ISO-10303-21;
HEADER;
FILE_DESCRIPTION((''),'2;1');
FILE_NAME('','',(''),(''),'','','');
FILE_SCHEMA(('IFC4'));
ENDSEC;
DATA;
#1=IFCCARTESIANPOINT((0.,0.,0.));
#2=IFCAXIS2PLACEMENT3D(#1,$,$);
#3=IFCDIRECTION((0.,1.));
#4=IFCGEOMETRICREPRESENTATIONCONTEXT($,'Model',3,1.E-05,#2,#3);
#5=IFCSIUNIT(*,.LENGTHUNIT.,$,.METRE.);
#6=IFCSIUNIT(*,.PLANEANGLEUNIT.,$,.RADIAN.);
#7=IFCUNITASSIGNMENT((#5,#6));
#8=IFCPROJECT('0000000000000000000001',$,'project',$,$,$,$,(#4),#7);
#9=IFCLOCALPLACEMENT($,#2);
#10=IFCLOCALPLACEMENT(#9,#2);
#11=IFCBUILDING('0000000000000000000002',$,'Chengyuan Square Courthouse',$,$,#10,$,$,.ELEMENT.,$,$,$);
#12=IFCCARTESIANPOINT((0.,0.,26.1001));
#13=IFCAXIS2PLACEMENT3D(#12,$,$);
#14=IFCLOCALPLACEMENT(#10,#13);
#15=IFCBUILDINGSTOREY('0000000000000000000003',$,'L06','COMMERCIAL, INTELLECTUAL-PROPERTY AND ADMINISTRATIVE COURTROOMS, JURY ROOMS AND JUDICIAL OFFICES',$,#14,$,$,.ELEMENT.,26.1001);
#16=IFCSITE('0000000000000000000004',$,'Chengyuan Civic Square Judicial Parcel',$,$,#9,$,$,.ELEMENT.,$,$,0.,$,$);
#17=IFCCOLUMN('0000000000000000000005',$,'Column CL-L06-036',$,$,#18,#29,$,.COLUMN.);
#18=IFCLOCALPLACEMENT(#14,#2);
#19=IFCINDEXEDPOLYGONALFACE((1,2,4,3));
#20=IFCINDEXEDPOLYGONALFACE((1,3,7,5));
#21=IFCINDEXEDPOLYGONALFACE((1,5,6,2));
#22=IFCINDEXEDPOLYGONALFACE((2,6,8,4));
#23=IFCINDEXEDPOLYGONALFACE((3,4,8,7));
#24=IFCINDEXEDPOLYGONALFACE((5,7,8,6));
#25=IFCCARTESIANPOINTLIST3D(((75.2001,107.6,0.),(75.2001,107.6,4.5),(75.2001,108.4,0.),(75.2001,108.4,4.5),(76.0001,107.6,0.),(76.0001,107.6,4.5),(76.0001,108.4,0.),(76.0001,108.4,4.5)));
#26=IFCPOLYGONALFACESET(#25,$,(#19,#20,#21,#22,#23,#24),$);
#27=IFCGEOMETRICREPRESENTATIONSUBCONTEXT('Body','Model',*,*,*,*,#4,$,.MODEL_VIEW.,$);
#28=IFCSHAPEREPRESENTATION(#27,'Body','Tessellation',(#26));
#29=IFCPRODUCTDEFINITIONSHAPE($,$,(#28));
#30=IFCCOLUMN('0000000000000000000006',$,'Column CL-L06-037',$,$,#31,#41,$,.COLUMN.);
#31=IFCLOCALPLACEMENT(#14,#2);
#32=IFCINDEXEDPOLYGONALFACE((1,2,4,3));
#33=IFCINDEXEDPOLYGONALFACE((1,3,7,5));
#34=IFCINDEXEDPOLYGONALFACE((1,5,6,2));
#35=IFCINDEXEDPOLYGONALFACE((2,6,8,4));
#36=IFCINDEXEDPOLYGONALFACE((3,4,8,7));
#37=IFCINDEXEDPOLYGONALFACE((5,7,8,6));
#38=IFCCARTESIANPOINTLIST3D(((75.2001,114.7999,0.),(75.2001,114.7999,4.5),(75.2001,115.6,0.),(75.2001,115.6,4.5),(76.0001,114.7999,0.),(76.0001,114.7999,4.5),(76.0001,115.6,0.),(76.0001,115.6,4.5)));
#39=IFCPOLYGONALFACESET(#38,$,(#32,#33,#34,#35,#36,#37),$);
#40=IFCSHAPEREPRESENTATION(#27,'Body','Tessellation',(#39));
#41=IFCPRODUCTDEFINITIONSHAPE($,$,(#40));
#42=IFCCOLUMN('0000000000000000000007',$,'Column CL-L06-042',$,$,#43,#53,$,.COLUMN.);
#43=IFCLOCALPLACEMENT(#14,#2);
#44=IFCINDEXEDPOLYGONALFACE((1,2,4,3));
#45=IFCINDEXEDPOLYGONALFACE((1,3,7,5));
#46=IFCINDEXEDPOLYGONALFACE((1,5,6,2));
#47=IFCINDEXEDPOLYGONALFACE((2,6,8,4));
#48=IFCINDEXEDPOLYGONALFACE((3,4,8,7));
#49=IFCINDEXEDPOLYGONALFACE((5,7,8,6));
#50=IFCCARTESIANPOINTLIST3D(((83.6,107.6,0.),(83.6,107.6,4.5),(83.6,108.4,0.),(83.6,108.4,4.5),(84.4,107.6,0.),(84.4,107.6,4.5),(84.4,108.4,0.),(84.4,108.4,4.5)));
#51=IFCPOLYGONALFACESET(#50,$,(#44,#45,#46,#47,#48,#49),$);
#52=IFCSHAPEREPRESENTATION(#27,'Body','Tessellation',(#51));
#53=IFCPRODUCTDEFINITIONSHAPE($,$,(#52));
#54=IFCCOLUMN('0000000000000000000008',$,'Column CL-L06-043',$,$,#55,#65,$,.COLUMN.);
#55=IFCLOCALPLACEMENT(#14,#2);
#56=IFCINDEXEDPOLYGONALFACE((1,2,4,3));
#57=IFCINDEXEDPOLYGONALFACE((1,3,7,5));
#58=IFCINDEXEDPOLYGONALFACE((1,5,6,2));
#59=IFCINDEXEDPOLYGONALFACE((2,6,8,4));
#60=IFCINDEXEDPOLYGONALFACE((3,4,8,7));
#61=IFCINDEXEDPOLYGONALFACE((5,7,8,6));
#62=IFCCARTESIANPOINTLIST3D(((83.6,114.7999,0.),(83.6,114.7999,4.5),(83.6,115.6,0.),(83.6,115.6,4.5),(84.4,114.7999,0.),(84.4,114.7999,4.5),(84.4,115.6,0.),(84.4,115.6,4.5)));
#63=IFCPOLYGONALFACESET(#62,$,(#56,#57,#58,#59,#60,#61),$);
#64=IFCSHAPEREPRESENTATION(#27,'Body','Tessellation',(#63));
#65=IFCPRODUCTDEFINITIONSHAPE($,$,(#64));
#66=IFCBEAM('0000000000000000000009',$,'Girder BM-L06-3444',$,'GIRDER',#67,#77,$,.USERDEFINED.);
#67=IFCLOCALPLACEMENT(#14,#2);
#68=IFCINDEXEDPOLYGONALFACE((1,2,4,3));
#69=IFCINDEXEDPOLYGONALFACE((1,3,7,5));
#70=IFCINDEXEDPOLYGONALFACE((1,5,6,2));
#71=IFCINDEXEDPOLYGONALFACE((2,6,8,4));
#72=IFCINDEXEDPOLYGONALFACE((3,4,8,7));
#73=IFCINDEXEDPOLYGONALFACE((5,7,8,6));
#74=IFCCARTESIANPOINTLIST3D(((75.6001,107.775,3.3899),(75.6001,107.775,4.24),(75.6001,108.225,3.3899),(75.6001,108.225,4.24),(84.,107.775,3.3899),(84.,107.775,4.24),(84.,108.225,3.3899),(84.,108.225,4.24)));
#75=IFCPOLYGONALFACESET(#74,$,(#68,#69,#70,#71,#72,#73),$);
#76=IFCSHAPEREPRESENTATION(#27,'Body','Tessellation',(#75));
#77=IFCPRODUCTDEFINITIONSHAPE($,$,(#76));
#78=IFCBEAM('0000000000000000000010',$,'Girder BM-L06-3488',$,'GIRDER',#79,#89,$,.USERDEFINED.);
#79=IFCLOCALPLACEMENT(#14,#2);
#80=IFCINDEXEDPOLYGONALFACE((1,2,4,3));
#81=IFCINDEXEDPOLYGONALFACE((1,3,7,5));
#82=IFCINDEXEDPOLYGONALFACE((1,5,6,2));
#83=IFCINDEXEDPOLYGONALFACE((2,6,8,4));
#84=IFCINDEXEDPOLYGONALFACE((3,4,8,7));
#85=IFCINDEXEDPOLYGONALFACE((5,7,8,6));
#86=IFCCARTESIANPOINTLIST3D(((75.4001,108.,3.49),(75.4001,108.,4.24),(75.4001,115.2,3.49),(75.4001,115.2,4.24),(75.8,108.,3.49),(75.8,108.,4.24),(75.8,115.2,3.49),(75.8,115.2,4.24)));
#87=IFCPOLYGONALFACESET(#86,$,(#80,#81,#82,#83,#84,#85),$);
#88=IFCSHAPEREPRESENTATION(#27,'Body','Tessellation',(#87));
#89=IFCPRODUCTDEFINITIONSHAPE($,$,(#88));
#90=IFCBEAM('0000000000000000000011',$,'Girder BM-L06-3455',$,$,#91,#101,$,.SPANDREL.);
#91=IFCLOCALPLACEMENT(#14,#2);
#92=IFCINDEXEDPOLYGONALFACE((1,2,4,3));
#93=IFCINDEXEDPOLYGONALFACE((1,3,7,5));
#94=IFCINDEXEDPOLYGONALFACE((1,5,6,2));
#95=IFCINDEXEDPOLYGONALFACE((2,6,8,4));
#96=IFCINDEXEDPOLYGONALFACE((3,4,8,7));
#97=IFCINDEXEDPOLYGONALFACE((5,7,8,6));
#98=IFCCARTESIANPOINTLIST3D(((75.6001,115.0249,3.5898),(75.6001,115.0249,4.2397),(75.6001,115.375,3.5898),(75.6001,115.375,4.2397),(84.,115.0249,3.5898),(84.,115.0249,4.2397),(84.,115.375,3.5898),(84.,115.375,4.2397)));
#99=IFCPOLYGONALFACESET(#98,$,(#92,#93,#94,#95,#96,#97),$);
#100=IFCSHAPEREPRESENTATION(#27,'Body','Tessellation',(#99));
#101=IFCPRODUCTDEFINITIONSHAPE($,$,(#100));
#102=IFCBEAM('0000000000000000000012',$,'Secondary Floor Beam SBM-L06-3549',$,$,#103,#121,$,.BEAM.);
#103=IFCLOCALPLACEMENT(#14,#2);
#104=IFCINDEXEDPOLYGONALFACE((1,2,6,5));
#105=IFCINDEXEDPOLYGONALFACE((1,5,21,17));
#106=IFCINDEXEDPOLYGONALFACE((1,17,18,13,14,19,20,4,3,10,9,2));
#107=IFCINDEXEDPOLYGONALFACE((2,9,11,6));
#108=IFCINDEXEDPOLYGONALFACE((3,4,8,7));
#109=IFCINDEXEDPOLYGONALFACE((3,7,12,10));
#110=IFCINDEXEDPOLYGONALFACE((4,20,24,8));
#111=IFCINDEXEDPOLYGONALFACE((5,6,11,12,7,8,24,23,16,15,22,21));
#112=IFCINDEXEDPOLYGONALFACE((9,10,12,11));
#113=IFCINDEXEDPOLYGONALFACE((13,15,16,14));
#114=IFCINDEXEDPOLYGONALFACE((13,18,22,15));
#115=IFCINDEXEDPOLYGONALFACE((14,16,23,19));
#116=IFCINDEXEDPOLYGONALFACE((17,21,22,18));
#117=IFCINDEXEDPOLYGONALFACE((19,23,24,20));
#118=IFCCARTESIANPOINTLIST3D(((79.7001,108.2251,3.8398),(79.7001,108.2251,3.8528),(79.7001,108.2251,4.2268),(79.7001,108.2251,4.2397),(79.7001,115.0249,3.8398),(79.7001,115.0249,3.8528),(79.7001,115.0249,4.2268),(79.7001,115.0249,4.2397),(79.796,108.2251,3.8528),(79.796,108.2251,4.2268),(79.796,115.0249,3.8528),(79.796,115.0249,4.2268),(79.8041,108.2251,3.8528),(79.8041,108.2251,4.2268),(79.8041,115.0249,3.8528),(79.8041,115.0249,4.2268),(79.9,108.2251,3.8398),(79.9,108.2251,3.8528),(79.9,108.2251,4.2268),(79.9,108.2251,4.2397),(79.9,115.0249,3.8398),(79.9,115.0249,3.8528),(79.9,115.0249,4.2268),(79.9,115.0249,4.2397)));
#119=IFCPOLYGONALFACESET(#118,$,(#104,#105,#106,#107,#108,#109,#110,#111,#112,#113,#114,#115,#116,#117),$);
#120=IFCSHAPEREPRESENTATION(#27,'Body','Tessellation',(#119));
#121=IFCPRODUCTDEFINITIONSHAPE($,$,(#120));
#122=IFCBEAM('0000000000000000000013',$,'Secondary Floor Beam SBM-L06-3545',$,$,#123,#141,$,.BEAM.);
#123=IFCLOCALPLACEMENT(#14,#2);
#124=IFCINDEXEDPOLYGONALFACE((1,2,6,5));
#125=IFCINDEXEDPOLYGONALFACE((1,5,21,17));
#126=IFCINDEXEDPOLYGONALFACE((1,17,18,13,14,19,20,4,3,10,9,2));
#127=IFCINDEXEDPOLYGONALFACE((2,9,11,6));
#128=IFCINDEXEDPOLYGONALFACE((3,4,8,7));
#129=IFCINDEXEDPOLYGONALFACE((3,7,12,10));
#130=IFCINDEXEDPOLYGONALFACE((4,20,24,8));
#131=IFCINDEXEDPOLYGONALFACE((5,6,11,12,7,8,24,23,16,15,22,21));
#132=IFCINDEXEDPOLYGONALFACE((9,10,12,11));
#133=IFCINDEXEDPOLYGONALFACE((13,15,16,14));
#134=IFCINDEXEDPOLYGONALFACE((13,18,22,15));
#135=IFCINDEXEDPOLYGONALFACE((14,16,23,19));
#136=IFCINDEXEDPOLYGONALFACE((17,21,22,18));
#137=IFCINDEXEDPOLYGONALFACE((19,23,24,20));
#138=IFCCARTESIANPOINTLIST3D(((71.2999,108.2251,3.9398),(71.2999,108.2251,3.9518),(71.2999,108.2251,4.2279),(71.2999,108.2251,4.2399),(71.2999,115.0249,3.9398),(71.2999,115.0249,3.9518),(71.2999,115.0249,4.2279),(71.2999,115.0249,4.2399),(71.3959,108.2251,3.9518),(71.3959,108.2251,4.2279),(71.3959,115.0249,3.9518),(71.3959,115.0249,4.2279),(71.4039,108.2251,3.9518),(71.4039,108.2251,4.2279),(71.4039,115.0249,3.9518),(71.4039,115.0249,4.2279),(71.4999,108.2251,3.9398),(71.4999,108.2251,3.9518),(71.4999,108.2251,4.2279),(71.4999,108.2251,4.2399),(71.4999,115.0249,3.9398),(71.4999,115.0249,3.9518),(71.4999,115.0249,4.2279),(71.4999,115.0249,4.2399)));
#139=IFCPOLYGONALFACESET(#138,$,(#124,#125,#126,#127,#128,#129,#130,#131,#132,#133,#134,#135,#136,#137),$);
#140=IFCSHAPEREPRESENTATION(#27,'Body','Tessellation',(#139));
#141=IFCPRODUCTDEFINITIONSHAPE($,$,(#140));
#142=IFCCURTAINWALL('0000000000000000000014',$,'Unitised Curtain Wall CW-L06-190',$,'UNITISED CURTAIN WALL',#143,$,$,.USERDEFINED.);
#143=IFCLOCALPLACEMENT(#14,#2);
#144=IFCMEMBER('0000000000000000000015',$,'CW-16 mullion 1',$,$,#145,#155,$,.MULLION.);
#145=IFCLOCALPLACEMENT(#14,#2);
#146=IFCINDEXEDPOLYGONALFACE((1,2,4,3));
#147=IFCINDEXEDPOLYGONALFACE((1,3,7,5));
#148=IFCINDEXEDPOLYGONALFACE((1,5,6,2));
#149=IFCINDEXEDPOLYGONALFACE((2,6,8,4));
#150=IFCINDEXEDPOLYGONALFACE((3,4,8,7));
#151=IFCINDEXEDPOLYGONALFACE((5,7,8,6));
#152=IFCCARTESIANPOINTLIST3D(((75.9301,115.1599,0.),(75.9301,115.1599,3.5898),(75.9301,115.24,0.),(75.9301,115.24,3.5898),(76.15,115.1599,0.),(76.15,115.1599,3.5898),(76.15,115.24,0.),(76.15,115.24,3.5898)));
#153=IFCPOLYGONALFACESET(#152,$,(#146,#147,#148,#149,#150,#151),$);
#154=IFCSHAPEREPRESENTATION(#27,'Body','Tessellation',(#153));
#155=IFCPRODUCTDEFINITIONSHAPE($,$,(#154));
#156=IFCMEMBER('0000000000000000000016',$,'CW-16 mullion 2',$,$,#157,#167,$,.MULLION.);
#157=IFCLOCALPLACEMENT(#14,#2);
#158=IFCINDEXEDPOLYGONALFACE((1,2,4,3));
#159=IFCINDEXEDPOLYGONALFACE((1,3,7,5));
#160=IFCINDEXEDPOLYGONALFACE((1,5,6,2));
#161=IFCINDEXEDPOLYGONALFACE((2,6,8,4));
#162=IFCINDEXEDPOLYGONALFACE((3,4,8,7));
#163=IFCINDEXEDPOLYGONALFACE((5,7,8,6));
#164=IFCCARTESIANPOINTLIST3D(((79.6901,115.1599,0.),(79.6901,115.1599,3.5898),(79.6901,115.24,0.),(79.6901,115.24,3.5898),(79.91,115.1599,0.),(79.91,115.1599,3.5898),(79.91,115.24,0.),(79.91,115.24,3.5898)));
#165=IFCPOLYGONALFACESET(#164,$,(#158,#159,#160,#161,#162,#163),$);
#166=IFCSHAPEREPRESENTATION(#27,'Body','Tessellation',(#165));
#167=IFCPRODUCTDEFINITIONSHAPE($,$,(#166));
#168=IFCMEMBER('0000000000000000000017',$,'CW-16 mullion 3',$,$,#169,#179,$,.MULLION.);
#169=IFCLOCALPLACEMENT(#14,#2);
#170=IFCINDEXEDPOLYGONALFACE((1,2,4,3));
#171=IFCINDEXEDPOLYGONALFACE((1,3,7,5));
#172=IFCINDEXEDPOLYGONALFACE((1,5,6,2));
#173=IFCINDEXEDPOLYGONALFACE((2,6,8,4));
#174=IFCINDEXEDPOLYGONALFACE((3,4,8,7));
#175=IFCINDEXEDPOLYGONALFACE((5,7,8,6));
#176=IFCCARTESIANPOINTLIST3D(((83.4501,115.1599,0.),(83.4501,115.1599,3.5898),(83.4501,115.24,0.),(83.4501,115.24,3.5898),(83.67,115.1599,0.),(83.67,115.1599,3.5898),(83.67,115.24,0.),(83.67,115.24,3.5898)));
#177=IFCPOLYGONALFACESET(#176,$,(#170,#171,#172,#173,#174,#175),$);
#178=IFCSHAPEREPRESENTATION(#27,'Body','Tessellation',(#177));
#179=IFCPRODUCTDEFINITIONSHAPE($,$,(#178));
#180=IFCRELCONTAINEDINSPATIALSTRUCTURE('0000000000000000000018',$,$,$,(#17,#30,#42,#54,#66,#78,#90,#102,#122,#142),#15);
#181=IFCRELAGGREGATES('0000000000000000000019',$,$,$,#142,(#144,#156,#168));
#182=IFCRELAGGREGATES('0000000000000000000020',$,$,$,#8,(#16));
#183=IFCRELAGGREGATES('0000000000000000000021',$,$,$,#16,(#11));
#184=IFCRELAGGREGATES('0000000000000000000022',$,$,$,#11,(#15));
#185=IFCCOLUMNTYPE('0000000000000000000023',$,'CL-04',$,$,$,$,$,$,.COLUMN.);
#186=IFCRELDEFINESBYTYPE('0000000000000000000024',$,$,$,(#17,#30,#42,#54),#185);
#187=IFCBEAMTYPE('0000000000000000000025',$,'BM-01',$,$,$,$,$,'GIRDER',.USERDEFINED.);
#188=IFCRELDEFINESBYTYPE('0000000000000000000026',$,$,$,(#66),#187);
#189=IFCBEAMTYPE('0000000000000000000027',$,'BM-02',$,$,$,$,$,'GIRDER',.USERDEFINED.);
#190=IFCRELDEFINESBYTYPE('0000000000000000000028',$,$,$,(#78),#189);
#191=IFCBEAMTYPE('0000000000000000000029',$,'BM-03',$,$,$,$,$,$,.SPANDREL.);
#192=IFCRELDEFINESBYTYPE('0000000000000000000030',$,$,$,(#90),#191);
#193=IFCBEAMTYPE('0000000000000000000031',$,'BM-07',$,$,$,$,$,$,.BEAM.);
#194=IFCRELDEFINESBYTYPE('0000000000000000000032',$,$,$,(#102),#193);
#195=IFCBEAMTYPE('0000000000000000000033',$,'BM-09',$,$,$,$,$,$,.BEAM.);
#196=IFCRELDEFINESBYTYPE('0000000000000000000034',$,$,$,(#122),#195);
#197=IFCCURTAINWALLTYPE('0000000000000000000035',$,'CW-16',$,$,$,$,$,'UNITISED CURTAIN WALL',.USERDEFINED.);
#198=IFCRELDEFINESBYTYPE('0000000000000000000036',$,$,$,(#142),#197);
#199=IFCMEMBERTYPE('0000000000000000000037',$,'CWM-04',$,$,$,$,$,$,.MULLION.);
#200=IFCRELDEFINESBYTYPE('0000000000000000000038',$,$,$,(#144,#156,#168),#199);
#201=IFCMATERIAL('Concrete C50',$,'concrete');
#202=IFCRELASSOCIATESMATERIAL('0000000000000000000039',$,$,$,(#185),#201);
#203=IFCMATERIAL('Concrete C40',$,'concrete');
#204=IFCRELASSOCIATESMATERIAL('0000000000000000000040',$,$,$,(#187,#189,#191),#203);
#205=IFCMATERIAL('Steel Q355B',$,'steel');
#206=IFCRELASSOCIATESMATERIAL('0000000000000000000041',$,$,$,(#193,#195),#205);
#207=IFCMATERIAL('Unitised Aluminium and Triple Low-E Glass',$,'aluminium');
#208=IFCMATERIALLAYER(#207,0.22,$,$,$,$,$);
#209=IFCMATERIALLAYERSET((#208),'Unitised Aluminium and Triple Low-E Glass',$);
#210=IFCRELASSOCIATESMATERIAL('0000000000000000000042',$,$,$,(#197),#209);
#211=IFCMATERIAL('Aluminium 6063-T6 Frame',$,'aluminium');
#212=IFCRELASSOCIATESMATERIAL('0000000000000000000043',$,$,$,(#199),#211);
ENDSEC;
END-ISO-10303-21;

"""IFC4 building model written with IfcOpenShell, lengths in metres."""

from ifc_helpers import new_model, si_unit, direction, frame, origin, origin_2d, place, context, subcontext, project, spatial, rectangle, i_section, extrude, material, layer, layer_set, material_profile, profile_set, type_object, element, aggregate, save


model = new_model("IFC4")

# Units and contexts
model_context = context("Model", 3, precision=1e-05, world=origin(), true_north=direction((0.0, 1.0)))
body_context = subcontext(model_context, "Body", "Model", "MODEL_VIEW")
ifc_project = project(units=[si_unit("LENGTHUNIT", "METRE"), si_unit("PLANEANGLEUNIT", "RADIAN")], contexts=[model_context])

# Site, building, storey
site_placement = place(None, origin())
site = spatial("IfcSite", under=ifc_project, at=site_placement, Name="Chengyuan Civic Square Judicial Parcel", CompositionType="ELEMENT", RefElevation=0.0)
building_placement = place(site_placement, origin())
building = spatial("IfcBuilding", under=site, at=building_placement, Name="Chengyuan Square Courthouse", CompositionType="ELEMENT")
storey_placement = place(building_placement, frame((0.0, 0.0, 26.1001)))
storey = spatial("IfcBuildingStorey", under=building, at=storey_placement, Name="L06", Description="COMMERCIAL, INTELLECTUAL-PROPERTY AND ADMINISTRATIVE COURTROOMS, JURY ROOMS AND JUDICIAL OFFICES", CompositionType="ELEMENT", Elevation=26.1001)

# Columns
ifc_material_1 = material(Name="Concrete C50", Category="concrete")
ifc_material_profile_1 = material_profile(ifc_material_1, rectangle(XDim=0.8, YDim=0.8, at=origin_2d()), Name="RC-COL-800x800")
ifc_profile_set_1 = profile_set([ifc_material_profile_1], Name="Concrete C50")
column_type = type_object("IfcColumnType", Name="CL-04", PredefinedType="COLUMN", material=ifc_profile_set_1)
for number, where, z_axis, x_axis, name in (
    (1, (75.6001, 108.0, 0.0), (0.0, 0.0, 1.0), (1.0, 0.0, 0.0), "Column CL-L06-036"),
    (2, (75.6001, 115.2, 0.0), (0.0, 0.0, 1.0), (1.0, 0.0, 0.0), "Column CL-L06-037"),
    (3, (84.0, 108.0, 0.0), (0.0, 0.0, 1.0), (1.0, 0.0, 0.0), "Column CL-L06-042"),
    (4, (84.0, 115.2, 0.0), (0.0, 0.0, 1.0), (1.0, 0.0, 0.0), "Column CL-L06-043"),
):
    element("IfcColumn", number, at=place(storey_placement, frame(where, z_axis=z_axis, x_axis=x_axis)), inside=storey, type_object=column_type, Name=name, PredefinedType="COLUMN", context=body_context, shape_type="SweptSolid", body=[
        extrude(rectangle(XDim=0.8, YDim=0.8, at=origin_2d()), origin(), (0.0, 0.0, 1.0), 4.5),
    ])

# Beams
ifc_material_2 = material(Name="Concrete C40", Category="concrete")
ifc_material_profile_2 = material_profile(ifc_material_2, rectangle(XDim=0.45, YDim=0.8501, at=origin_2d()), Name="RC-BM-450x850")
ifc_profile_set_2 = profile_set([ifc_material_profile_2], Name="Concrete C40")
beam_type_1 = type_object("IfcBeamType", Name="BM-01", ElementType="GIRDER", PredefinedType="USERDEFINED", material=ifc_profile_set_2)
beam_1_placement = place(storey_placement, frame((75.6001, 108.0, 3.8149), z_axis=(1.0, 0.0, 0.0), x_axis=(0.0, 1.0, 0.0)))
element("IfcBeam", 5, at=beam_1_placement, inside=storey, type_object=beam_type_1, Name="Girder BM-L06-3444", ObjectType="GIRDER", PredefinedType="USERDEFINED", context=body_context, shape_type="SweptSolid", body=[
    extrude(rectangle(XDim=0.45, YDim=0.8501, at=origin_2d()), origin(), (0.0, 0.0, 1.0), 8.3999),
])
ifc_material_profile_3 = material_profile(ifc_material_2, rectangle(XDim=0.3999, YDim=0.75, at=origin_2d()), Name="RC-BM-400x750")
ifc_profile_set_3 = profile_set([ifc_material_profile_3], Name="Concrete C40")
beam_type_2 = type_object("IfcBeamType", Name="BM-02", ElementType="GIRDER", PredefinedType="USERDEFINED", material=ifc_profile_set_3)
beam_2_placement = place(storey_placement, frame((75.6001, 108.0, 3.865), z_axis=(0.0, 1.0, 0.0), x_axis=(-1.0, 0.0, 0.0)))
element("IfcBeam", 6, at=beam_2_placement, inside=storey, type_object=beam_type_2, Name="Girder BM-L06-3488", ObjectType="GIRDER", PredefinedType="USERDEFINED", context=body_context, shape_type="SweptSolid", body=[
    extrude(rectangle(XDim=0.3999, YDim=0.75, at=origin_2d()), origin(), (0.0, 0.0, 1.0), 7.2),
])
ifc_material_profile_4 = material_profile(ifc_material_2, rectangle(XDim=0.3501, YDim=0.6499, at=origin_2d()), Name="RC-BM-350x650")
ifc_profile_set_4 = profile_set([ifc_material_profile_4], Name="Concrete C40")
beam_type_3 = type_object("IfcBeamType", Name="BM-03", PredefinedType="SPANDREL", material=ifc_profile_set_4)
beam_3_placement = place(storey_placement, frame((75.6001, 115.2, 3.9148), z_axis=(1.0, 0.0, 0.0), x_axis=(0.0, 1.0, 0.0)))
element("IfcBeam", 7, at=beam_3_placement, inside=storey, type_object=beam_type_3, Name="Girder BM-L06-3455", PredefinedType="SPANDREL", context=body_context, shape_type="SweptSolid", body=[
    extrude(rectangle(XDim=0.3501, YDim=0.6499, at=origin_2d()), origin(), (0.0, 0.0, 1.0), 8.3999),
])
ifc_material_3 = material(Name="Steel Q355B", Category="steel")
ifc_material_profile_5 = material_profile(ifc_material_3, i_section(OverallWidth=0.2, OverallDepth=0.3999, WebThickness=0.0081, FlangeThickness=0.0129, at=origin_2d()), Name="HN 400x200x8x13")
ifc_profile_set_5 = profile_set([ifc_material_profile_5], Name="Steel Q355B")
beam_type_4 = type_object("IfcBeamType", Name="BM-07", PredefinedType="BEAM", material=ifc_profile_set_5)
beam_4_placement = place(storey_placement, frame((79.8, 108.2251, 4.0398), z_axis=(0.0, 1.0, 0.0), x_axis=(-1.0, 0.0, 0.0)))
element("IfcBeam", 8, at=beam_4_placement, inside=storey, type_object=beam_type_4, Name="Secondary Floor Beam SBM-L06-3549", PredefinedType="BEAM", context=body_context, shape_type="SweptSolid", body=[
    extrude(i_section(OverallWidth=0.2, OverallDepth=0.3999, WebThickness=0.0081, FlangeThickness=0.0129, at=origin_2d()), origin(), (0.0, 0.0, 1.0), 6.7998),
])
ifc_material_profile_6 = material_profile(ifc_material_3, i_section(OverallWidth=0.2, OverallDepth=0.3, WebThickness=0.0081, FlangeThickness=0.012, at=origin_2d()), Name="HM 300x200x8x12")
ifc_profile_set_6 = profile_set([ifc_material_profile_6], Name="Steel Q355B")
beam_type_5 = type_object("IfcBeamType", Name="BM-09", PredefinedType="BEAM", material=ifc_profile_set_6)
beam_5_placement = place(storey_placement, frame((71.3999, 108.2251, 4.0898), z_axis=(0.0, 1.0, 0.0), x_axis=(-1.0, 0.0, 0.0)))
element("IfcBeam", 9, at=beam_5_placement, inside=storey, type_object=beam_type_5, Name="Secondary Floor Beam SBM-L06-3545", PredefinedType="BEAM", context=body_context, shape_type="SweptSolid", body=[
    extrude(i_section(OverallWidth=0.2, OverallDepth=0.3, WebThickness=0.0081, FlangeThickness=0.012, at=origin_2d()), origin(), (0.0, 0.0, 1.0), 6.7998),
])

# Curtain wall, members
ifc_material_4 = material(Name="Unitised Aluminium and Triple Low-E Glass", Category="aluminium")
ifc_layer_1 = layer(ifc_material_4, 0.22)
ifc_layer_set_1 = layer_set([ifc_layer_1], Name="Unitised Aluminium and Triple Low-E Glass")
curtain_wall_type = type_object("IfcCurtainWallType", Name="CW-16", ElementType="UNITISED CURTAIN WALL", PredefinedType="USERDEFINED", material=ifc_layer_set_1)
curtain_wall_placement = place(storey_placement, origin())
curtain_wall = element("IfcCurtainWall", 10, at=curtain_wall_placement, inside=storey, type_object=curtain_wall_type, Name="Unitised Curtain Wall CW-L06-190", ObjectType="UNITISED CURTAIN WALL", PredefinedType="USERDEFINED")
ifc_material_5 = material(Name="Aluminium 6063-T6 Frame", Category="aluminium")
ifc_material_profile_7 = material_profile(ifc_material_5, rectangle(XDim=0.0801, YDim=0.22, at=origin_2d()), Name="CW-MUL-80x220")
ifc_profile_set_7 = profile_set([ifc_material_profile_7], Name="Aluminium 6063-T6 Frame")
member_type_1 = type_object("IfcMemberType", Name="CWM-04", PredefinedType="MULLION", material=ifc_profile_set_7)
member_1_placement = place(storey_placement, frame((76.04, 115.2, 0.0), z_axis=(0.0, 0.0, 1.0), x_axis=(0.0, 1.0, 0.0)))
member_1 = element("IfcMember", 11, at=member_1_placement, type_object=member_type_1, Name="CW-16 mullion 1", PredefinedType="MULLION", context=body_context, shape_type="SweptSolid", body=[
    extrude(rectangle(XDim=0.0801, YDim=0.22, at=origin_2d()), origin(), (0.0, 0.0, 1.0), 3.5898),
])
member_2_placement = place(storey_placement, frame((79.8, 115.2, 0.0), z_axis=(0.0, 0.0, 1.0), x_axis=(0.0, 1.0, 0.0)))
member_2 = element("IfcMember", 12, at=member_2_placement, type_object=member_type_1, Name="CW-16 mullion 2", PredefinedType="MULLION", context=body_context, shape_type="SweptSolid", body=[
    extrude(rectangle(XDim=0.0801, YDim=0.22, at=origin_2d()), origin(), (0.0, 0.0, 1.0), 3.5898),
])
member_3_placement = place(storey_placement, frame((83.5601, 115.2, 0.0), z_axis=(0.0, 0.0, 1.0), x_axis=(0.0, 1.0, 0.0)))
member_3 = element("IfcMember", 13, at=member_3_placement, type_object=member_type_1, Name="CW-16 mullion 3", PredefinedType="MULLION", context=body_context, shape_type="SweptSolid", body=[
    extrude(rectangle(XDim=0.0801, YDim=0.22, at=origin_2d()), origin(), (0.0, 0.0, 1.0), 3.5898),
])
aggregate(curtain_wall, [member_1, member_2, member_3])

save(model, "model.ifc")
